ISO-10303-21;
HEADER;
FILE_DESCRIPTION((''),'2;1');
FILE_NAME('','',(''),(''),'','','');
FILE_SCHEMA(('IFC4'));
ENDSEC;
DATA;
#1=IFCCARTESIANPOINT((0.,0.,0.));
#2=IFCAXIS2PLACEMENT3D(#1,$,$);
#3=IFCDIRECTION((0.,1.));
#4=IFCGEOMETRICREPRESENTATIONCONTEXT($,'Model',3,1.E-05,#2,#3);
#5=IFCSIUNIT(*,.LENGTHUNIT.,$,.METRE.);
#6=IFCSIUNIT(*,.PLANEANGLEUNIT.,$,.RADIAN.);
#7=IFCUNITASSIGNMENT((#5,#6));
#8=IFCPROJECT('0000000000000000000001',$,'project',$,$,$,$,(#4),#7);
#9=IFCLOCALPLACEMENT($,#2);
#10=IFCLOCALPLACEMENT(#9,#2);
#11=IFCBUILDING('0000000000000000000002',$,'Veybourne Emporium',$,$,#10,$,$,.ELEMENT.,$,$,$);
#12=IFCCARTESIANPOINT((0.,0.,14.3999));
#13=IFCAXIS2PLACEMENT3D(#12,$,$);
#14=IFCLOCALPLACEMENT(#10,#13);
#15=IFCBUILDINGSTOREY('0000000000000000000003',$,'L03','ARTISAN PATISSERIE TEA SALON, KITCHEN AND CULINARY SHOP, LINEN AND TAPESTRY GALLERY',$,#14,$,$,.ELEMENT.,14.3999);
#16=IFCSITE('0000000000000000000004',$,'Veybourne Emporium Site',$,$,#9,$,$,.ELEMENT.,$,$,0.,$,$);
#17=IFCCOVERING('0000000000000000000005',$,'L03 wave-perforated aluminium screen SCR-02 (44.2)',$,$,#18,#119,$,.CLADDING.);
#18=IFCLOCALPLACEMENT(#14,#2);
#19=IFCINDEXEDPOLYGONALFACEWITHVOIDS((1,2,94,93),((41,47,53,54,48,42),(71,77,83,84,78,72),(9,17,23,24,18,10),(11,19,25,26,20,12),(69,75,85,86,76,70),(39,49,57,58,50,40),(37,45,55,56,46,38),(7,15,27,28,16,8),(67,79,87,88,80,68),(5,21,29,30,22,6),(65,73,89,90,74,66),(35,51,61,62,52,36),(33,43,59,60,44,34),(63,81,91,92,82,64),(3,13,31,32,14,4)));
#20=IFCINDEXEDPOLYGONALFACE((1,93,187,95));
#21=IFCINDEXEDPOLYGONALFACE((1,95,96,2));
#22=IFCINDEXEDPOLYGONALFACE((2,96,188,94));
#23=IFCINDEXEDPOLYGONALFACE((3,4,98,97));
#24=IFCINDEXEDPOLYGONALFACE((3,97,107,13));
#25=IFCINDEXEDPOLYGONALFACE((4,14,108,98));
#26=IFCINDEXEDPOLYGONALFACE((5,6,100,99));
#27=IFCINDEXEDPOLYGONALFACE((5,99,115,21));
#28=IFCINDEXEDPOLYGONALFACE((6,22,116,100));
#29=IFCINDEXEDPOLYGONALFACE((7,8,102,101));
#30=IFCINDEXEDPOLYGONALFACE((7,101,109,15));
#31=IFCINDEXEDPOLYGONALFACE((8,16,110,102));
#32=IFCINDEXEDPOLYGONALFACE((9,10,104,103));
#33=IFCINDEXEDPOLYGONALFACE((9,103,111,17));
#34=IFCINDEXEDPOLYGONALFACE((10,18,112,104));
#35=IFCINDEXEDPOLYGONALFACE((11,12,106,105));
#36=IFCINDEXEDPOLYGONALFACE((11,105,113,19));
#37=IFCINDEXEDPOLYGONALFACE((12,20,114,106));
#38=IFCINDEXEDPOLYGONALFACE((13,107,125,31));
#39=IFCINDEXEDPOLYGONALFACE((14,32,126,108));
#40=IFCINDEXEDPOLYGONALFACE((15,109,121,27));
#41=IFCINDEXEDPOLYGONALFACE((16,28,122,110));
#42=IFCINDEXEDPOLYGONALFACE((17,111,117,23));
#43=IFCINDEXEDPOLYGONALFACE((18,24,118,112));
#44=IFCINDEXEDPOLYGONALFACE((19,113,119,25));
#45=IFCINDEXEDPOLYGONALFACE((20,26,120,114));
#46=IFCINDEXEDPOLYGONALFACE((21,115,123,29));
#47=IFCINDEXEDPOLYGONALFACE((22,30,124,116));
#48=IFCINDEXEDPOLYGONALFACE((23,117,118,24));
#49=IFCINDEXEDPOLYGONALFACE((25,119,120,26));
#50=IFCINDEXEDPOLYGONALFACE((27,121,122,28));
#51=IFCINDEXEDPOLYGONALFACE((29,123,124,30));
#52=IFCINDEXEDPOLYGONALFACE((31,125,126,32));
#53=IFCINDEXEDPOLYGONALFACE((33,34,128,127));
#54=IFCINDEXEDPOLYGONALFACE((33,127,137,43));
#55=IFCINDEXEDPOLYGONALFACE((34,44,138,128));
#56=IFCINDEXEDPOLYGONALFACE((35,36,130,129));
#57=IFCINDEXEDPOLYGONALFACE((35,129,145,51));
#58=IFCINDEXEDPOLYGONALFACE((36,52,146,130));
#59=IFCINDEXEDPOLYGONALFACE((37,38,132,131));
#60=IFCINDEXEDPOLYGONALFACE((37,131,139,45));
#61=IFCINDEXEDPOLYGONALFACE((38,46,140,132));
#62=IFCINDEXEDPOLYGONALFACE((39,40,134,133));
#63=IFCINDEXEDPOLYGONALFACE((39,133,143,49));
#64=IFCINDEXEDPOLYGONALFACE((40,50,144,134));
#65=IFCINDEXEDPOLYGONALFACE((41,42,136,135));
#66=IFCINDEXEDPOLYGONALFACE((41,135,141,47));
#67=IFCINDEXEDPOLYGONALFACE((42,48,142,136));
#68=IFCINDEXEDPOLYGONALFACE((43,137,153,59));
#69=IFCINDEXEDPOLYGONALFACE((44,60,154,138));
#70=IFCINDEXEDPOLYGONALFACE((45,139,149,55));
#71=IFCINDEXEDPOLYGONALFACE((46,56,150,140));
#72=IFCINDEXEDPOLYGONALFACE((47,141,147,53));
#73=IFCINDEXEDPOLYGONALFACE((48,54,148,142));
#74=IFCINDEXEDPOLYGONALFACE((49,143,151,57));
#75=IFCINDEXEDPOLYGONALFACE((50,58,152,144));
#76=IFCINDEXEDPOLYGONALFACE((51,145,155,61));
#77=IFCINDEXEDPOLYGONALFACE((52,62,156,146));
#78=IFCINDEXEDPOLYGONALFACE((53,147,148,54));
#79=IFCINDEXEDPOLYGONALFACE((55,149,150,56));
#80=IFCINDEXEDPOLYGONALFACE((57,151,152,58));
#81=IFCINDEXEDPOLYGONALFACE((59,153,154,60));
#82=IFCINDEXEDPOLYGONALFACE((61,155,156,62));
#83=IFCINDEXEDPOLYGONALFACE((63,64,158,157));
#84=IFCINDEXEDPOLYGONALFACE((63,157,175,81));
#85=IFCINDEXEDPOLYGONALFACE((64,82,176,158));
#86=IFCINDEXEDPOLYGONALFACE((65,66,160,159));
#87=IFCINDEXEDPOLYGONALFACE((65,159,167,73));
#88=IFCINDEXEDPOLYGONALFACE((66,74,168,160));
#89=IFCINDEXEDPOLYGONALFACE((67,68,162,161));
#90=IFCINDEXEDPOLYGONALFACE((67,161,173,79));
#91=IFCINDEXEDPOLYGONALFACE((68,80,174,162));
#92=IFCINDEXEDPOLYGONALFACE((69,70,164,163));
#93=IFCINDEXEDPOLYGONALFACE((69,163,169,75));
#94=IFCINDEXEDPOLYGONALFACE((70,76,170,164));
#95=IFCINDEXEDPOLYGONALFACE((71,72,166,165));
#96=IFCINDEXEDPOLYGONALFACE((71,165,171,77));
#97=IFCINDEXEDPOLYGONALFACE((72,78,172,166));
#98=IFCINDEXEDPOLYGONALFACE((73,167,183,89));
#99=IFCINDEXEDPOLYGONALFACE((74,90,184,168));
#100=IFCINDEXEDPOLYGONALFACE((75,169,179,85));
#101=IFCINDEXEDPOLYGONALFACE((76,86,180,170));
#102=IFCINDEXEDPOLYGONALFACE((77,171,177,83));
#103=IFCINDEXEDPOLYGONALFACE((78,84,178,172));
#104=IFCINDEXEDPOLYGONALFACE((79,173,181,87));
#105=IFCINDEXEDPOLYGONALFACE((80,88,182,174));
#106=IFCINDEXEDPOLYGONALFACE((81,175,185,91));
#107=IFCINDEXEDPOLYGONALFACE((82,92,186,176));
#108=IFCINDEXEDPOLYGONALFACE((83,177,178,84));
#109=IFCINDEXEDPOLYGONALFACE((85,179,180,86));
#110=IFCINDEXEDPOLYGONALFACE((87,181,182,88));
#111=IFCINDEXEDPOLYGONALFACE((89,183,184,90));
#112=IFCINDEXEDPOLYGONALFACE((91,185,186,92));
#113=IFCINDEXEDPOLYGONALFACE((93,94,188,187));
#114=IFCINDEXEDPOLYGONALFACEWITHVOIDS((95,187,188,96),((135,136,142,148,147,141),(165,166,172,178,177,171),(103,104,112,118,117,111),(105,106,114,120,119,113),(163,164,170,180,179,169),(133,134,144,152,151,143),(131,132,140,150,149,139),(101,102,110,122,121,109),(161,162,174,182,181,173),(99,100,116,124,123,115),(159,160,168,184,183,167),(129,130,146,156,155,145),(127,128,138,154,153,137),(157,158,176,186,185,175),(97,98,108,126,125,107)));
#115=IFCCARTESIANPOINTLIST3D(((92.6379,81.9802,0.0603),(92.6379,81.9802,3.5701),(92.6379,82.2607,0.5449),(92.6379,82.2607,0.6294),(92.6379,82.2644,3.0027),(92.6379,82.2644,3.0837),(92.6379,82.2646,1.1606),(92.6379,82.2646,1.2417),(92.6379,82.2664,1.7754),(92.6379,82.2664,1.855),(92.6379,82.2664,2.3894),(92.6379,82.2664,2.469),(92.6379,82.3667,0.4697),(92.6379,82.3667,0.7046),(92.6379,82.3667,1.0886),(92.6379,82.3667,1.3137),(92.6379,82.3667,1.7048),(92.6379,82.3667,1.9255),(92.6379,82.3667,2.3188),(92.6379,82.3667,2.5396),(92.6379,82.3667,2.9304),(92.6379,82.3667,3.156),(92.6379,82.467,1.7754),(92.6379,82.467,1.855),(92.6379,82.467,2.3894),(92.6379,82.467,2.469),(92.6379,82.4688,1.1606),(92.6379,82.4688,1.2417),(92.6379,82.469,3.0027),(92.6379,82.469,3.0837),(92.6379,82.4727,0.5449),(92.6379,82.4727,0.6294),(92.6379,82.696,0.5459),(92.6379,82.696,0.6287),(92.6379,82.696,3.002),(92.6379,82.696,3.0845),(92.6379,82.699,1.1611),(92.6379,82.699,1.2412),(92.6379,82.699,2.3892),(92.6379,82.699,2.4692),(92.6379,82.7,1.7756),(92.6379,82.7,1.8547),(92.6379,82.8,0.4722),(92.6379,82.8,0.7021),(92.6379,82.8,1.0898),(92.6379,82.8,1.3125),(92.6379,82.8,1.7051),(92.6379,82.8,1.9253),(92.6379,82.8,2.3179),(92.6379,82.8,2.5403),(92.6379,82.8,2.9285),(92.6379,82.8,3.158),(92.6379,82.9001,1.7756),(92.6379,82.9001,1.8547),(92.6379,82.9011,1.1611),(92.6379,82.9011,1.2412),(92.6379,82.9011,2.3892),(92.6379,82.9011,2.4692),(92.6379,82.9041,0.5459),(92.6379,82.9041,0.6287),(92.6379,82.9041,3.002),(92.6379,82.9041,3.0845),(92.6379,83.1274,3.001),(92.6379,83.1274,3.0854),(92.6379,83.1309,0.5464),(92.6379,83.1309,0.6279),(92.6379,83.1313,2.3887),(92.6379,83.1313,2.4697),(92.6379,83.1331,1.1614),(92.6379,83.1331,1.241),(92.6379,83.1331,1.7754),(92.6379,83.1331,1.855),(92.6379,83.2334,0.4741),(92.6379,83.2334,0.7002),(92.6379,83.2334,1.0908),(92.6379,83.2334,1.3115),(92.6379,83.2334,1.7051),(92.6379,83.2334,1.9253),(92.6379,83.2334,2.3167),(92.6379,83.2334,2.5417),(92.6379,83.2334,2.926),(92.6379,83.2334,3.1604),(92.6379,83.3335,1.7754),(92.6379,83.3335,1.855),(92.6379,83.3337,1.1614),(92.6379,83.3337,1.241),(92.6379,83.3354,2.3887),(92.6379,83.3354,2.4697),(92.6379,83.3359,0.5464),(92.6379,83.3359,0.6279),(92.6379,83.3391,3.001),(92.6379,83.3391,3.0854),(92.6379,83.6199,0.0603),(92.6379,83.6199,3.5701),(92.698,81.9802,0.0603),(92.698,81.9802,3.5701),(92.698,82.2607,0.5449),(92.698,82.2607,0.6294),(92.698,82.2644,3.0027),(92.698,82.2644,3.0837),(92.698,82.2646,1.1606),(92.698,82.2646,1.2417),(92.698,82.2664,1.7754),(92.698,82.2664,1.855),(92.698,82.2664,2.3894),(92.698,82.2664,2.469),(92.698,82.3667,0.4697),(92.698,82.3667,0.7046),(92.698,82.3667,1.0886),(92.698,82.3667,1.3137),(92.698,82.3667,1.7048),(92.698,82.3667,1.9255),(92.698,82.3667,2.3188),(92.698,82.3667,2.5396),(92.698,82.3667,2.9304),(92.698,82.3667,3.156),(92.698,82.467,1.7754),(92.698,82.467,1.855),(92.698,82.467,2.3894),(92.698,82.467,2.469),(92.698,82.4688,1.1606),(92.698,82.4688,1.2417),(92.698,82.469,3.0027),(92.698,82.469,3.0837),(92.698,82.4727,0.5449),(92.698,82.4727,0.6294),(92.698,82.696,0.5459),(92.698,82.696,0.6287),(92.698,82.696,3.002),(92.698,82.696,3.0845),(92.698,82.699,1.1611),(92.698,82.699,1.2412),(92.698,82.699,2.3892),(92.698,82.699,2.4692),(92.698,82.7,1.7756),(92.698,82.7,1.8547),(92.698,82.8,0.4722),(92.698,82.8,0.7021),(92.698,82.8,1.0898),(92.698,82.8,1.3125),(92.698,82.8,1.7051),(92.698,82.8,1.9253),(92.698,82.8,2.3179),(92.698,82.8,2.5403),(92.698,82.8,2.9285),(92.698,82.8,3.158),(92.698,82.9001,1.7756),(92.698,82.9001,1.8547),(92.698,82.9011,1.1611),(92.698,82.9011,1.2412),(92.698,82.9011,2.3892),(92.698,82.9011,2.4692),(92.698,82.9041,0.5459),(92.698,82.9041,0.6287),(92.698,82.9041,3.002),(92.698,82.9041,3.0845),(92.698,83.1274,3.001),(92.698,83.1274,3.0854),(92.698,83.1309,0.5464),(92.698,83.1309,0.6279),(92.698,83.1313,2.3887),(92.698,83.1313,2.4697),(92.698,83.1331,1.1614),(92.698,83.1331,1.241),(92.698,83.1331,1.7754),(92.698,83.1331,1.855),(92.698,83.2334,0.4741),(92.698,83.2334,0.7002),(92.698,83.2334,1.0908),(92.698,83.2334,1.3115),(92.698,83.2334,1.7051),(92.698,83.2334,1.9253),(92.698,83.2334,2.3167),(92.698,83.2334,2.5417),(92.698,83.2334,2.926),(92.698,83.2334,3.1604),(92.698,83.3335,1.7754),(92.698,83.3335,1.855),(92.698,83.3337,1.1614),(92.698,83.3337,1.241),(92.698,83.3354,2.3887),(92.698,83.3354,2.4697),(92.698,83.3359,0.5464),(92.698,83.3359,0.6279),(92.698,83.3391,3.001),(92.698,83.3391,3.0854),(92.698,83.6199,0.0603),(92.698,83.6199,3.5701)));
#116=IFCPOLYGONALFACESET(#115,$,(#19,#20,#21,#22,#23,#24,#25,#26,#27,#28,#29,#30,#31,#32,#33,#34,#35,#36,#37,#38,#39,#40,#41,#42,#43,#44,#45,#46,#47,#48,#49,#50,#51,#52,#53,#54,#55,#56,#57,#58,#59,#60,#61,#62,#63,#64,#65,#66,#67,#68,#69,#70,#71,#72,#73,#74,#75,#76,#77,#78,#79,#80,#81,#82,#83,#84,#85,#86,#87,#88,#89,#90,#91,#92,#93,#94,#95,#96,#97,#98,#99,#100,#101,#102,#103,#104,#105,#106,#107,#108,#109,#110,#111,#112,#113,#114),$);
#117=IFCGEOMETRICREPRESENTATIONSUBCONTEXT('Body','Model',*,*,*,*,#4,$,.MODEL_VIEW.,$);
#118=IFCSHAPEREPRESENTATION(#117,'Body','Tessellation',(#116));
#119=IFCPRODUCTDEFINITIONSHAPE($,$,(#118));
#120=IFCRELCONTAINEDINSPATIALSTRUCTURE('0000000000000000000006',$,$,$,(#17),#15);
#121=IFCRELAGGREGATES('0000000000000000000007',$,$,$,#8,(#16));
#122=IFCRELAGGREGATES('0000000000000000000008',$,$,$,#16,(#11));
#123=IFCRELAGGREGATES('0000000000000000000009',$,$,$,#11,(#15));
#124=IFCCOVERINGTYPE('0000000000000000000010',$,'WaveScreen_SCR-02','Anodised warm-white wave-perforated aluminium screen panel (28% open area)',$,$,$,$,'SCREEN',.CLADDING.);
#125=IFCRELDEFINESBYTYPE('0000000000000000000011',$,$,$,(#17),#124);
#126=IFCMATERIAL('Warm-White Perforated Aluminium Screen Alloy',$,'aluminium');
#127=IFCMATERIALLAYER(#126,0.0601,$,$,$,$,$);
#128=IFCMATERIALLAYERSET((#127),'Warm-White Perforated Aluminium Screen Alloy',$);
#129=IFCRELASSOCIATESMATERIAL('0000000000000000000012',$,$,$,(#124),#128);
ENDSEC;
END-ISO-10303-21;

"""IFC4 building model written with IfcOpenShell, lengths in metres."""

from ifc_helpers import new_model, si_unit, direction, frame, origin, place, context, subcontext, project, spatial, polyline, outline, extrude, material, layer, layer_set, type_object, element, save


model = new_model("IFC4")

# Units and contexts
model_context = context("Model", 3, precision=1e-05, world=origin(), true_north=direction((0.0, 1.0)))
body_context = subcontext(model_context, "Body", "Model", "MODEL_VIEW")
ifc_project = project(units=[si_unit("LENGTHUNIT", "METRE"), si_unit("PLANEANGLEUNIT", "RADIAN")], contexts=[model_context])

# Site, building, storey
site_placement = place(None, origin())
site = spatial("IfcSite", under=ifc_project, at=site_placement, Name="Veybourne Emporium Site", CompositionType="ELEMENT", RefElevation=0.0)
building_placement = place(site_placement, origin())
building = spatial("IfcBuilding", under=site, at=building_placement, Name="Veybourne Emporium", CompositionType="ELEMENT")
storey_placement = place(building_placement, frame((0.0, 0.0, 14.3999)))
storey = spatial("IfcBuildingStorey", under=building, at=storey_placement, Name="L03", Description="ARTISAN PATISSERIE TEA SALON, KITCHEN AND CULINARY SHOP, LINEN AND TAPESTRY GALLERY", CompositionType="ELEMENT", Elevation=14.3999)

# Covering
ifc_material_1 = material(Name="Warm-White Perforated Aluminium Screen Alloy", Category="aluminium")
ifc_layer_1 = layer(ifc_material_1, 0.0601)
ifc_layer_set_1 = layer_set([ifc_layer_1], Name="Warm-White Perforated Aluminium Screen Alloy")
covering_type_1 = type_object("IfcCoveringType", Name="WaveScreen_SCR-02", Description="Anodised warm-white wave-perforated aluminium screen panel (28% open area)", ElementType="SCREEN", PredefinedType="CLADDING", material=ifc_layer_set_1)
covering_1_placement = place(storey_placement, frame((92.698, 82.8, 1.8152), z_axis=(-1.0, 0.0, 0.0), x_axis=(0.0, -1.0, 0.0)))
element("IfcCovering", 1, at=covering_1_placement, inside=storey, type_object=covering_type_1, Name="L03 wave-perforated aluminium screen SCR-02 (44.2)", PredefinedType="CLADDING", context=body_context, shape_type="SweptSolid", body=[
    extrude(outline(polyline([(-0.8198, -1.7549), (0.8198, -1.7549), (0.8198, 1.7549), (-0.8198, 1.7549), (-0.8198, -1.7549)]), holes=[polyline([(-0.4333, -1.115), (-0.3308, -1.1873), (-0.3308, -1.2688), (-0.4333, -1.3411), (-0.5359, -1.2688), (-0.5359, -1.1873), (-0.4333, -1.115)]), polyline([(-0.4333, -0.5037), (-0.333, -0.5742), (-0.333, -0.6538), (-0.4333, -0.7244), (-0.5337, -0.6538), (-0.5337, -0.5742), (-0.4333, -0.5037)]), polyline([(-0.4333, 0.1101), (-0.333, 0.0398), (-0.333, -0.0398), (-0.4333, -0.1101), (-0.5334, -0.0398), (-0.5334, 0.0398), (-0.4333, 0.1101)]), polyline([(-0.4333, 0.7266), (-0.3313, 0.6545), (-0.3313, 0.5735), (-0.4333, 0.5015), (-0.5354, 0.5735), (-0.5354, 0.6545), (-0.4333, 0.7266)]), polyline([(-0.4333, 1.3452), (-0.3274, 1.2703), (-0.3274, 1.1858), (-0.4333, 1.1108), (-0.5391, 1.1858), (-0.5391, 1.2703), (-0.4333, 1.3452)]), polyline([(0.0, -1.113), (0.104, -1.1865), (0.104, -1.2693), (0.0, -1.343), (-0.104, -1.2693), (-0.104, -1.1865), (0.0, -1.113)]), polyline([(0.0, -0.5027), (0.1011, -0.574), (0.1011, -0.6541), (0.0, -0.7253), (-0.1011, -0.6541), (-0.1011, -0.574), (0.0, -0.5027)]), polyline([(0.0, 0.1101), (0.1001, 0.0396), (0.1001, -0.0396), (0.0, -0.1101), (-0.1001, -0.0396), (-0.1001, 0.0396), (0.0, 0.1101)]), polyline([(0.0, 0.7251), (0.1011, 0.6541), (0.1011, 0.574), (0.0, 0.5027), (-0.1011, 0.574), (-0.1011, 0.6541), (0.0, 0.7251)]), polyline([(0.0, 1.3428), (0.104, 1.2693), (0.104, 1.1868), (0.0, 1.1133), (-0.104, 1.1868), (-0.104, 1.2693), (0.0, 1.3428)]), polyline([(0.4333, -1.1106), (0.5393, -1.1858), (0.5393, -1.2703), (0.4333, -1.3455), (0.3274, -1.2703), (0.3274, -1.1858), (0.4333, -1.1106)]), polyline([(0.4333, -0.5015), (0.5354, -0.5735), (0.5354, -0.6545), (0.4333, -0.7266), (0.3313, -0.6545), (0.3313, -0.5735), (0.4333, -0.5015)]), polyline([(0.4333, 0.1104), (0.5337, 0.0398), (0.5337, -0.0398), (0.4333, -0.1104), (0.333, -0.0398), (0.333, 0.0398), (0.4333, 0.1104)]), polyline([(0.4333, 0.7244), (0.5337, 0.6538), (0.5337, 0.5742), (0.4333, 0.5037), (0.333, 0.5742), (0.333, 0.6538), (0.4333, 0.7244)]), polyline([(0.4333, 1.3408), (0.5356, 1.2686), (0.5356, 1.1875), (0.4333, 1.1152), (0.3311, 1.1875), (0.3311, 1.2686), (0.4333, 1.3408)])]), origin(), (0.0, 0.0, 1.0), 0.0601),
])

save(model, "model.ifc")
